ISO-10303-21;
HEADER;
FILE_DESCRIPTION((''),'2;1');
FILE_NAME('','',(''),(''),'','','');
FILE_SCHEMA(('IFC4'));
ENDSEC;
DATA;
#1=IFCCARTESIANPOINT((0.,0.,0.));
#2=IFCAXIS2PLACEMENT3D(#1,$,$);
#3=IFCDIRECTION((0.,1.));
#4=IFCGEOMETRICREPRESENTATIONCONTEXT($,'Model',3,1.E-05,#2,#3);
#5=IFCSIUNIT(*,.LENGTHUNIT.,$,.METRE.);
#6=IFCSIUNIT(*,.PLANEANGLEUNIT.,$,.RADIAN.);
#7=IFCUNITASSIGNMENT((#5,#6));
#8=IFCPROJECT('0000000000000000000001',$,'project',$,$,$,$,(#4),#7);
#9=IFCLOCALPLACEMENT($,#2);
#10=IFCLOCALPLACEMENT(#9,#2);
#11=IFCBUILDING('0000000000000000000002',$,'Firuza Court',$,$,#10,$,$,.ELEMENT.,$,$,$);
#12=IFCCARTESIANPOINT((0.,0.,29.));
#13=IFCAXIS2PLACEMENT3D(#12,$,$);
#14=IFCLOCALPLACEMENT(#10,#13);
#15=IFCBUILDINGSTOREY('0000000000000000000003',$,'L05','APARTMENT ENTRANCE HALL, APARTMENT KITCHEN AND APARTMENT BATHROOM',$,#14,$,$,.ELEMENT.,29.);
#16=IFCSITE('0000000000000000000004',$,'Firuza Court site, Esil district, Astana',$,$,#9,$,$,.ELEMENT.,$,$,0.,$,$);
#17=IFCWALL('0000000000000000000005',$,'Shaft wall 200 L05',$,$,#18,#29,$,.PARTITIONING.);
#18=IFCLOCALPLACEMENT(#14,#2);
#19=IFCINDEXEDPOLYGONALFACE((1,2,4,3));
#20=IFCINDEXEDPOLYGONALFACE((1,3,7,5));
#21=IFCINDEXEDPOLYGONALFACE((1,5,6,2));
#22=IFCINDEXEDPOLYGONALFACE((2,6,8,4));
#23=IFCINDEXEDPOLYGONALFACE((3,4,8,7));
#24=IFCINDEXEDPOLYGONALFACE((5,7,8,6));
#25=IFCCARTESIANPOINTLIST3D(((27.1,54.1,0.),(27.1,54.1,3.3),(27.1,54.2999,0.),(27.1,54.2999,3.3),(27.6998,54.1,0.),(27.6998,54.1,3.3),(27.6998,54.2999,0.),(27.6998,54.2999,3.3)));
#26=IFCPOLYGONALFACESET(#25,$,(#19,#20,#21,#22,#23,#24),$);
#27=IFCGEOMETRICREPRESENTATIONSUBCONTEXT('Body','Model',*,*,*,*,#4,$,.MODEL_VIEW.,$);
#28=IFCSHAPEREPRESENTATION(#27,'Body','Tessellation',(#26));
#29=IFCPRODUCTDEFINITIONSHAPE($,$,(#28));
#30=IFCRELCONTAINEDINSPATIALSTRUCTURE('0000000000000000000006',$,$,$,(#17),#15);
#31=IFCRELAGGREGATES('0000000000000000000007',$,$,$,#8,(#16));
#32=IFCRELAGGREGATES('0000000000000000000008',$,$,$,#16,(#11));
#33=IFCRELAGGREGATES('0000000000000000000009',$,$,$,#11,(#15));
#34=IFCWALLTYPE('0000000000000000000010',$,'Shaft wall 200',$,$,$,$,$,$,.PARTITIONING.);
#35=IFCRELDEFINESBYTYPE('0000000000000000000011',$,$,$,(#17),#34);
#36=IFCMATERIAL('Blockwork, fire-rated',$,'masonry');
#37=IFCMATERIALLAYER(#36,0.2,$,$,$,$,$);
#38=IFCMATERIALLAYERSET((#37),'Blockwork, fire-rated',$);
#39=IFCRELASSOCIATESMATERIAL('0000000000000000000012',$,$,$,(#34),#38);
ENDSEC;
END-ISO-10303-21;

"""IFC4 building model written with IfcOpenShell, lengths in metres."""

from ifc_helpers import new_model, si_unit, direction, frame, frame_2d, origin, place, context, subcontext, project, spatial, rectangle, extrude, material, layer, layer_set, type_object, element, save


model = new_model("IFC4")

# Units and contexts
model_context = context("Model", 3, precision=1e-05, world=origin(), true_north=direction((0.0, 1.0)))
body_context = subcontext(model_context, "Body", "Model", "MODEL_VIEW")
ifc_project = project(units=[si_unit("LENGTHUNIT", "METRE"), si_unit("PLANEANGLEUNIT", "RADIAN")], contexts=[model_context])

# Site, building, storey
site_placement = place(None, origin())
site = spatial("IfcSite", under=ifc_project, at=site_placement, Name="Firuza Court site, Esil district, Astana", CompositionType="ELEMENT", RefElevation=0.0)
building_placement = place(site_placement, origin())
building = spatial("IfcBuilding", under=site, at=building_placement, Name="Firuza Court", CompositionType="ELEMENT")
storey_placement = place(building_placement, frame((0.0, 0.0, 29.0)))
storey = spatial("IfcBuildingStorey", under=building, at=storey_placement, Name="L05", Description="APARTMENT ENTRANCE HALL, APARTMENT KITCHEN AND APARTMENT BATHROOM", CompositionType="ELEMENT", Elevation=29.0)

# Shared definitions
ifc_material_1 = material(Name="Blockwork, fire-rated", Category="masonry")
ifc_layer_1 = layer(ifc_material_1, 0.2)
ifc_layer_set_1 = layer_set([ifc_layer_1], Name="Blockwork, fire-rated")
wall_type_1 = type_object("IfcWallType", Name="Shaft wall 200", PredefinedType="PARTITIONING", material=ifc_layer_set_1)

# Wall
wall_1_placement = place(storey_placement, frame((27.1001, 54.2, 0.0), z_axis=(0.0, 0.0, 1.0), x_axis=(1.0, 0.0, 0.0)))
element("IfcWall", 1, at=wall_1_placement, inside=storey, type_object=wall_type_1, Name="Shaft wall 200 L05", PredefinedType="PARTITIONING", context=body_context, shape_type="SweptSolid", body=[
    extrude(rectangle(XDim=0.5999, YDim=0.2, at=frame_2d((0.2998, 0.0))), origin(), (0.0, 0.0, 1.0), 3.3),
])

save(model, "model.ifc")
